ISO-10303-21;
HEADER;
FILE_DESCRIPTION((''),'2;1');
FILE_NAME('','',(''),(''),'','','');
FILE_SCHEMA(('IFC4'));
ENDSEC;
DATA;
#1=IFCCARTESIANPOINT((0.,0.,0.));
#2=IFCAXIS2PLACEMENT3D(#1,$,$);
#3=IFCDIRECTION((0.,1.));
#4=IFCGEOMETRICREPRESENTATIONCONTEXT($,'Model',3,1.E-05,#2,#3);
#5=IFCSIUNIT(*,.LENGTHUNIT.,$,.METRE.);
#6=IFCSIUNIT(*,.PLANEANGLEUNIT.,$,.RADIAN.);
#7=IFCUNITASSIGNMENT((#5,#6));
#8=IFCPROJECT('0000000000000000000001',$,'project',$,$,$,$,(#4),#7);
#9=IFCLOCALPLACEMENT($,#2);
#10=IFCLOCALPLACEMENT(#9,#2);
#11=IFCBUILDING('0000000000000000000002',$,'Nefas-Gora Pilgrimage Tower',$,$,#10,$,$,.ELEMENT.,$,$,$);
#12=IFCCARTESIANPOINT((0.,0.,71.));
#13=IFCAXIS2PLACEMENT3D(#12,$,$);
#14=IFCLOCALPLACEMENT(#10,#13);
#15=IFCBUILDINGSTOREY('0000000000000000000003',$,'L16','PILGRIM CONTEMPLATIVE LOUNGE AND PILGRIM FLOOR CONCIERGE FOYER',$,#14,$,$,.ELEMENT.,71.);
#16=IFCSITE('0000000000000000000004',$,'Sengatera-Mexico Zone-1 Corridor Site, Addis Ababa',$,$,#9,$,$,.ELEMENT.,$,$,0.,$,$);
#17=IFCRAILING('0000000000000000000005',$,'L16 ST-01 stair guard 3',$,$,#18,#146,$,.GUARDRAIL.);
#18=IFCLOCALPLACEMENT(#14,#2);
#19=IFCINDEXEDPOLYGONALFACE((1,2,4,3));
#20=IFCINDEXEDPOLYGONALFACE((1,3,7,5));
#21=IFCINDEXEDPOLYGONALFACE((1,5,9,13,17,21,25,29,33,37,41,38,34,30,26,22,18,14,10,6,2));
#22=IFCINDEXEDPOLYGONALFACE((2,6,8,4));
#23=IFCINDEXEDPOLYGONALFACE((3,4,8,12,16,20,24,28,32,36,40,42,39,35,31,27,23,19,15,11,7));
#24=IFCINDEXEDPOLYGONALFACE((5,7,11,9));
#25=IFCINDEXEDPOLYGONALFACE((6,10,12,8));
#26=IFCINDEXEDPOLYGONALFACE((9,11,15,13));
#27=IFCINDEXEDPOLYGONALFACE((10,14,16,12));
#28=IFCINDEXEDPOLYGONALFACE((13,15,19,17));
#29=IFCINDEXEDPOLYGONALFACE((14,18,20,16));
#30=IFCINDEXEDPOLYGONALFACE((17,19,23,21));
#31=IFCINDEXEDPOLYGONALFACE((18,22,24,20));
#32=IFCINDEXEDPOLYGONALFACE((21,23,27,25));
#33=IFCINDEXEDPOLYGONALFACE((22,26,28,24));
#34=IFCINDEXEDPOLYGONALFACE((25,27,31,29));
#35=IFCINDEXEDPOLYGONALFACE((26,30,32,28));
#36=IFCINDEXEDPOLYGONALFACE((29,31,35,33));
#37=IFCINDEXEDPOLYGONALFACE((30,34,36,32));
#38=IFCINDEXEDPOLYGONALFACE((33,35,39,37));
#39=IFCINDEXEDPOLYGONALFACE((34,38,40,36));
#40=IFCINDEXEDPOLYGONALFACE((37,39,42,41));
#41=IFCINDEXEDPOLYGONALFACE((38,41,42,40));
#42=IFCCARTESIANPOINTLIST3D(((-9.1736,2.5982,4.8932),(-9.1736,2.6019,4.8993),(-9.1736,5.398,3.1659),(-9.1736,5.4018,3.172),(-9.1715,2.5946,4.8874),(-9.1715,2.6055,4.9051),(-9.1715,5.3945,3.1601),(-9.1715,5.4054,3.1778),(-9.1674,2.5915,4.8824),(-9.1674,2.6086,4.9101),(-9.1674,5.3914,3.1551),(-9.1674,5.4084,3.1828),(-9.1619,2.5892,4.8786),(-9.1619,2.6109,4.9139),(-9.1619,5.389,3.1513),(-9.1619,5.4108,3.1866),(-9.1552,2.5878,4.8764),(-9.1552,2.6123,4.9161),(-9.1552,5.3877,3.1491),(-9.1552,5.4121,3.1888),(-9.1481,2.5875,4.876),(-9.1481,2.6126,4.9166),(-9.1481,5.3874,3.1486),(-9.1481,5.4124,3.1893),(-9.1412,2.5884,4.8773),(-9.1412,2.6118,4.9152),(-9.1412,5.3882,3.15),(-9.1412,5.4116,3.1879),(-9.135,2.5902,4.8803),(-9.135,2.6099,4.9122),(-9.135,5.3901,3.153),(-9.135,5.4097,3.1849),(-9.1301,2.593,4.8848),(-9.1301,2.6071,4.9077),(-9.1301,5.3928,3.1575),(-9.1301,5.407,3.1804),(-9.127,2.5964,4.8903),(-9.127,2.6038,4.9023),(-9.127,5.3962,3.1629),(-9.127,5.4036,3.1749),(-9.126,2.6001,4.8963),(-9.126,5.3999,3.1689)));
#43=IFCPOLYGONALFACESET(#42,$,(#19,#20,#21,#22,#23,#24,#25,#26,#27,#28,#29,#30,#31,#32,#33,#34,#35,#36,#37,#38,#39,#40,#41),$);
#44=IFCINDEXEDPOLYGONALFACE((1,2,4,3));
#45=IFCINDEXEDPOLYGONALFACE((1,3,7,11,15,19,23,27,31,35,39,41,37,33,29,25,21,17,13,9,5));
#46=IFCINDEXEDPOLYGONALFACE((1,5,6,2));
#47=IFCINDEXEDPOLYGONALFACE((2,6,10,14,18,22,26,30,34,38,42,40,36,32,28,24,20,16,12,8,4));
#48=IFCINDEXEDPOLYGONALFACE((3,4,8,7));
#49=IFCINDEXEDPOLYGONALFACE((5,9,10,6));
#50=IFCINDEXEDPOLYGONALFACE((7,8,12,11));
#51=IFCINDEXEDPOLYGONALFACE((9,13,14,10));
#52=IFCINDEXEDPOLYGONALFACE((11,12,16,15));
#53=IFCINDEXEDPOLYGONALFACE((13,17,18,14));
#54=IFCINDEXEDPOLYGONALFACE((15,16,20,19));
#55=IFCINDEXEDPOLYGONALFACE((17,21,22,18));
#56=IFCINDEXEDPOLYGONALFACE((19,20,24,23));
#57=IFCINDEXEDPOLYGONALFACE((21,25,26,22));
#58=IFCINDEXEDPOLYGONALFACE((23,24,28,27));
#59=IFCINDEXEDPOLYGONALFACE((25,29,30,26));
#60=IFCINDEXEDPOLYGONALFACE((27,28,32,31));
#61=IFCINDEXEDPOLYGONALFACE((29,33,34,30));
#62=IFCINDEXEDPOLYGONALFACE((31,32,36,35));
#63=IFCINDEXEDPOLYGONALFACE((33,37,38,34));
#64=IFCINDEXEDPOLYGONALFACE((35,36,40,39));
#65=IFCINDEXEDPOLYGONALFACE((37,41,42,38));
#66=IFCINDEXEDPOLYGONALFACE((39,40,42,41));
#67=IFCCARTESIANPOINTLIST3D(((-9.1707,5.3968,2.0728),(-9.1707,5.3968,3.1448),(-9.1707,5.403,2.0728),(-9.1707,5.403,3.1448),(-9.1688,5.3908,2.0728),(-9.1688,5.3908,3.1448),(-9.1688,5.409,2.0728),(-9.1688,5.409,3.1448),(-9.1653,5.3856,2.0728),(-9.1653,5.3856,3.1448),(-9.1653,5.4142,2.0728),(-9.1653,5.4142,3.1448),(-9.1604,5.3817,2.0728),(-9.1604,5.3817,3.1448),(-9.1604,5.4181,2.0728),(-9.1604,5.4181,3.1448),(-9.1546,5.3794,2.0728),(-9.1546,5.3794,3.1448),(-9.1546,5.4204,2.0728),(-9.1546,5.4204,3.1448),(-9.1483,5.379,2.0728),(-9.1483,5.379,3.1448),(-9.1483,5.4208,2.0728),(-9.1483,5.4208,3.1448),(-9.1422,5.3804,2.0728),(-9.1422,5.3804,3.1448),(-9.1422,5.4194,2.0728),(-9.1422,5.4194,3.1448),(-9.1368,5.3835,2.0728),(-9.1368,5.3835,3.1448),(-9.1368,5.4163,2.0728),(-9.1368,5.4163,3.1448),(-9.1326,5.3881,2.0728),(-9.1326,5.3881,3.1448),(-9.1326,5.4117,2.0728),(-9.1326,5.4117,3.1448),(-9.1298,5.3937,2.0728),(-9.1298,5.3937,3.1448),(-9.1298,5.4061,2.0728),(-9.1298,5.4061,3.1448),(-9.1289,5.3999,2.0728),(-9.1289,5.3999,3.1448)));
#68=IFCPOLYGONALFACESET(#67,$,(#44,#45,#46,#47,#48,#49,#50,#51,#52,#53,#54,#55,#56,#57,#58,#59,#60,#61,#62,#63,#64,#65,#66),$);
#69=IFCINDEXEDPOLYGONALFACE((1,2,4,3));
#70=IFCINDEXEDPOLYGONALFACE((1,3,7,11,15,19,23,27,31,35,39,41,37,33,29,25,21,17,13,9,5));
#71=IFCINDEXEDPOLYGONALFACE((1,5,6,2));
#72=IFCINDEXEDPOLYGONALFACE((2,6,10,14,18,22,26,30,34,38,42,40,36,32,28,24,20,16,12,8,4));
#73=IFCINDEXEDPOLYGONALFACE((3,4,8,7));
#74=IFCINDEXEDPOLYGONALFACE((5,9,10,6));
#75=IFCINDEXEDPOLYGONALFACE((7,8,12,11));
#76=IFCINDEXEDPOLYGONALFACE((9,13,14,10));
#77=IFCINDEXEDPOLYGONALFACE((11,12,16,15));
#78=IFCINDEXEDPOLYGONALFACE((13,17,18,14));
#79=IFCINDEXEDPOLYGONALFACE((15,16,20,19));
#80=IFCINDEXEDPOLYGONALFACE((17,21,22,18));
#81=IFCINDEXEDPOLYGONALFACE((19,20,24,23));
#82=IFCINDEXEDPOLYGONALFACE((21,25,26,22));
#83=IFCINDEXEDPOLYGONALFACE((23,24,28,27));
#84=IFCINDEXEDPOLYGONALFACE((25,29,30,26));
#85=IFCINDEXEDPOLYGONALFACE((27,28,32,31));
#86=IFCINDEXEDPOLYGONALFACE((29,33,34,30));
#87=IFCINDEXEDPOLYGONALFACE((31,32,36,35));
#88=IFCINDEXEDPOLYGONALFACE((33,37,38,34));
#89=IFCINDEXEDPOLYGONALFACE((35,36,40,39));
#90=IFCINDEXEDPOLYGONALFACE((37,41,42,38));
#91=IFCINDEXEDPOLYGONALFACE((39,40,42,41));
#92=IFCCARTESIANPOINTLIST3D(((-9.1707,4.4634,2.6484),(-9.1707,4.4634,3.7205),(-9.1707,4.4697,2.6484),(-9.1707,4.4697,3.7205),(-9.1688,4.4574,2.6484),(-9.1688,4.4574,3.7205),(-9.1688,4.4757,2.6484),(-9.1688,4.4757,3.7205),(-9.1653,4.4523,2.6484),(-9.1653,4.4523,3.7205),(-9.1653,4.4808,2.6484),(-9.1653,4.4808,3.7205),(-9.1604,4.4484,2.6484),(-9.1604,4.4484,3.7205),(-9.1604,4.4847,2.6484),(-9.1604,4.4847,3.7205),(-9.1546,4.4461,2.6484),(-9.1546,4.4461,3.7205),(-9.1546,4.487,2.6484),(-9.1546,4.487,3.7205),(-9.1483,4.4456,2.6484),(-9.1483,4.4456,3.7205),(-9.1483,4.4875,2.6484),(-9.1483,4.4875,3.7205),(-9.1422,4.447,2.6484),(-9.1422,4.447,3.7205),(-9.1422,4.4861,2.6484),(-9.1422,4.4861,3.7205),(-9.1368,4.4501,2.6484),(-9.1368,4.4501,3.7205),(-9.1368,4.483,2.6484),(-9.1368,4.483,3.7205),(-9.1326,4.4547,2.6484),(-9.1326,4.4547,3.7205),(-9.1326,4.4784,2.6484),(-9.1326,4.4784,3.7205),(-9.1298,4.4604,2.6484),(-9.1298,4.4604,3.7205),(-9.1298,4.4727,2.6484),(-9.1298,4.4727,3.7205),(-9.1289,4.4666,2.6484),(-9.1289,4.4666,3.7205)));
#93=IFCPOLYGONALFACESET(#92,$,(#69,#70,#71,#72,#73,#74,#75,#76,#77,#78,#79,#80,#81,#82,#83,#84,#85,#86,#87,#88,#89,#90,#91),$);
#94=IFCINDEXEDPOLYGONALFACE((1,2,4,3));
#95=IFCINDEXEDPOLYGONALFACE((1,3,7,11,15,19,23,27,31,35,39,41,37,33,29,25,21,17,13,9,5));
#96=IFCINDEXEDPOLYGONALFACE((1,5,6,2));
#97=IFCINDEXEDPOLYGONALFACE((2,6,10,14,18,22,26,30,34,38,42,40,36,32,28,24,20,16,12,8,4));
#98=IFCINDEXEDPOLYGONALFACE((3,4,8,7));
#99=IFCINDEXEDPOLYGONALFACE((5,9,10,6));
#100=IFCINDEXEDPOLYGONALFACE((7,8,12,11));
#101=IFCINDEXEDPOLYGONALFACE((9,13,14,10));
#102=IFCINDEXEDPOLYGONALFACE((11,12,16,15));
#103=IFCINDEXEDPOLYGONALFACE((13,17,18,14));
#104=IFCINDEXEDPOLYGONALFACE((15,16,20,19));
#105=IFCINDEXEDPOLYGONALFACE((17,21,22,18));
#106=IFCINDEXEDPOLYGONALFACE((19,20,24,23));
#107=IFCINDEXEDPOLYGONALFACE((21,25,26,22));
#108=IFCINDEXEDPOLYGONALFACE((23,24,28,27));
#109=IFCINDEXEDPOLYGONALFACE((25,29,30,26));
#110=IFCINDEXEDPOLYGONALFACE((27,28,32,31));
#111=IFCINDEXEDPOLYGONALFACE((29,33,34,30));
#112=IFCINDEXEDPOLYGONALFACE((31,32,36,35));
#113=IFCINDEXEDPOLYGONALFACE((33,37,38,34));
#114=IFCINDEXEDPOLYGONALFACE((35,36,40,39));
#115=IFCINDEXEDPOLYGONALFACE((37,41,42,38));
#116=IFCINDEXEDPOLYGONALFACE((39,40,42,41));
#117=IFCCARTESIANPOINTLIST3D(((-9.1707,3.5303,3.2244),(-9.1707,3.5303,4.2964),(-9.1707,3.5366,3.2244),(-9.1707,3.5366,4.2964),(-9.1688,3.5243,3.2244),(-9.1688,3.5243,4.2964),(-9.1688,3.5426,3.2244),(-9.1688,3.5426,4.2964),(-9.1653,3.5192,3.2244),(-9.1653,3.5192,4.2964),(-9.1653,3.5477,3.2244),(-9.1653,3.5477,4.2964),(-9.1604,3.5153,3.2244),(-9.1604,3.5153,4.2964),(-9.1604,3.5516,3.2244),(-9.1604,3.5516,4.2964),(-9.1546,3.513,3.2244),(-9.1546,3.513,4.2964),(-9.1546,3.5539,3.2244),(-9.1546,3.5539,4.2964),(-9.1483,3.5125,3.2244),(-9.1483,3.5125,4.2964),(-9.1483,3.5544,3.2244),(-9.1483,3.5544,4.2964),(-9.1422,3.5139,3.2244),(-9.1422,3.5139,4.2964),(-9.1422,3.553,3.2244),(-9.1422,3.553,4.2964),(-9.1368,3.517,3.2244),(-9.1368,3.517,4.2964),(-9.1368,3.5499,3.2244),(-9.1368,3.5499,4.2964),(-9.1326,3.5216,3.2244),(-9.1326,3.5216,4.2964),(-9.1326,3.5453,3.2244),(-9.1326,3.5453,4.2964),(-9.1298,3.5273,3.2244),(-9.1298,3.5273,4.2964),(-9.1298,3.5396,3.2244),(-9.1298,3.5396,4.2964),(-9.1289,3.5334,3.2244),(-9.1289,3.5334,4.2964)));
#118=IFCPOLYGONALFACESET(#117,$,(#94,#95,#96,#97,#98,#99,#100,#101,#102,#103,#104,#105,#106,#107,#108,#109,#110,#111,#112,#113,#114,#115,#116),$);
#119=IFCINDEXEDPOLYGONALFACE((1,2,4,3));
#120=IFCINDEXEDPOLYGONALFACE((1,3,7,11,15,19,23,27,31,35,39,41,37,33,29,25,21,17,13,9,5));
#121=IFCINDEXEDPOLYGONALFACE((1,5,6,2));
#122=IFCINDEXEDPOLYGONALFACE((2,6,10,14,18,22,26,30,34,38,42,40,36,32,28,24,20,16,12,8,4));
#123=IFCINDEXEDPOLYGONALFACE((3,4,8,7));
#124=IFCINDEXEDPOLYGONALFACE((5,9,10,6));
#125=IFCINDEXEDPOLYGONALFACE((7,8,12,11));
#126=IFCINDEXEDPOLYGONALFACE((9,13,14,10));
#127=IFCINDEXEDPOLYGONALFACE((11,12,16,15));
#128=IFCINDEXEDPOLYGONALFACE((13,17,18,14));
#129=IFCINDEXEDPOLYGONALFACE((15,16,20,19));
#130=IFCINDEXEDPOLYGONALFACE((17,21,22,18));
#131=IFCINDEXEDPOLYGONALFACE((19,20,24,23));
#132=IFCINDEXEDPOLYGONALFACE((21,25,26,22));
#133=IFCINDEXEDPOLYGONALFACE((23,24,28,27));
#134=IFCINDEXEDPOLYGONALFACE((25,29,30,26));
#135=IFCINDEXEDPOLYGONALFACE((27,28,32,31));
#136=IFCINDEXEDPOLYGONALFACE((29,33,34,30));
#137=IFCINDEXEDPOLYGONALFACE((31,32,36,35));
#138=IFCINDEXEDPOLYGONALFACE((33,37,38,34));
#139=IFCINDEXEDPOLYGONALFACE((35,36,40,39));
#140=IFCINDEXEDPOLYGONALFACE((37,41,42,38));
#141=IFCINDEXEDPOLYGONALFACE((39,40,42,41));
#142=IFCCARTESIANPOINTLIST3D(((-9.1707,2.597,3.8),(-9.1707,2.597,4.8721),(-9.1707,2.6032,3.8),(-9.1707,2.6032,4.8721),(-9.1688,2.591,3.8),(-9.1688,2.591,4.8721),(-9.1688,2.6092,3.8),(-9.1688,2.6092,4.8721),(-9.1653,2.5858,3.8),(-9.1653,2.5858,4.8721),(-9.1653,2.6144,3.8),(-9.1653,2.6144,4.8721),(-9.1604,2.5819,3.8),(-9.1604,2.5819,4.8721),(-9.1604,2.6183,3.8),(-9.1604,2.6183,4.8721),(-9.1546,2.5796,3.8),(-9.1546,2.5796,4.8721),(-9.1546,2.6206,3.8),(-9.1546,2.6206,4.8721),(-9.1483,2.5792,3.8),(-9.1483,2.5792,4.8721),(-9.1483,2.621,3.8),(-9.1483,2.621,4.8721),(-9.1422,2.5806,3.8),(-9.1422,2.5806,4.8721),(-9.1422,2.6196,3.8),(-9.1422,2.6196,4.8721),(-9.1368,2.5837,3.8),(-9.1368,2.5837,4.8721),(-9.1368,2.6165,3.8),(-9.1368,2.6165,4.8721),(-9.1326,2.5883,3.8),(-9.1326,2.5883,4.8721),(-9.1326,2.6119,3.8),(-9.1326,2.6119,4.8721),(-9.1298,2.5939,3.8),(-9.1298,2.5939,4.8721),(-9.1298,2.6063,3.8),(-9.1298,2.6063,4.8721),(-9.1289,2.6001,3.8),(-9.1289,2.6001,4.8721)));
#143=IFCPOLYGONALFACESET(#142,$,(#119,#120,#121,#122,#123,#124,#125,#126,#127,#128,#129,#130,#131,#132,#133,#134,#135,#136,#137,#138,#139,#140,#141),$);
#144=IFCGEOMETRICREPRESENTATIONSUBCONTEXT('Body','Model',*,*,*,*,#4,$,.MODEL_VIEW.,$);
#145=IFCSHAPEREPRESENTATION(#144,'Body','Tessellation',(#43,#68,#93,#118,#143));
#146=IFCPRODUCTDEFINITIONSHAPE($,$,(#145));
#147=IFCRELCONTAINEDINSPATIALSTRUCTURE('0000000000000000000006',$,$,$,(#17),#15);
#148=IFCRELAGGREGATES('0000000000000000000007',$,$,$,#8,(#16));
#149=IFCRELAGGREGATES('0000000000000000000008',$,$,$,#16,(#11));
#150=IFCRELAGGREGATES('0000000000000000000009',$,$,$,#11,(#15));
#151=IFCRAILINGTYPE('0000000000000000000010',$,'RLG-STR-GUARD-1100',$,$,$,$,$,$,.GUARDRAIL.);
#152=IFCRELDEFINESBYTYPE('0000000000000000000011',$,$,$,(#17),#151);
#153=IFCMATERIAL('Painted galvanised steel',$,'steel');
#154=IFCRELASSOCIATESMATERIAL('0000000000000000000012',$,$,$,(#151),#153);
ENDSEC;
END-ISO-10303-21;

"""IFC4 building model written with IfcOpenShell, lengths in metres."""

from ifc_helpers import new_model, si_unit, direction, frame, origin, origin_2d, place, context, subcontext, project, spatial, circle, extrude, material, type_object, element, save


model = new_model("IFC4")

# Units and contexts
model_context = context("Model", 3, precision=1e-05, world=origin(), true_north=direction((0.0, 1.0)))
body_context = subcontext(model_context, "Body", "Model", "MODEL_VIEW")
ifc_project = project(units=[si_unit("LENGTHUNIT", "METRE"), si_unit("PLANEANGLEUNIT", "RADIAN")], contexts=[model_context])

# Site, building, storey
site_placement = place(None, origin())
site = spatial("IfcSite", under=ifc_project, at=site_placement, Name="Sengatera-Mexico Zone-1 Corridor Site, Addis Ababa", CompositionType="ELEMENT", RefElevation=0.0)
building_placement = place(site_placement, origin())
building = spatial("IfcBuilding", under=site, at=building_placement, Name="Nefas-Gora Pilgrimage Tower", CompositionType="ELEMENT")
storey_placement = place(building_placement, frame((0.0, 0.0, 71.0)))
storey = spatial("IfcBuildingStorey", under=building, at=storey_placement, Name="L16", Description="PILGRIM CONTEMPLATIVE LOUNGE AND PILGRIM FLOOR CONCIERGE FOYER", CompositionType="ELEMENT", Elevation=71.0)

# Railing
ifc_material_1 = material(Name="Painted galvanised steel", Category="steel")
railing_type_1 = type_object("IfcRailingType", Name="RLG-STR-GUARD-1100", PredefinedType="GUARDRAIL", material=ifc_material_1)
railing_1_placement = place(storey_placement, frame((-9.1499, 5.3999, 2.0728)))
element("IfcRailing", 1, at=railing_1_placement, inside=storey, type_object=railing_type_1, Name="L16 ST-01 stair guard 3", PredefinedType="GUARDRAIL", context=body_context, shape_type="SweptSolid", body=[
    extrude(circle(Radius=0.0239, at=origin_2d()), frame((0.0, 0.0, 1.0962), z_axis=(0.0, -0.851069, 0.525054), x_axis=(1.0, 0.0, 0.0)), (0.0, 0.0, 1.0), 3.2898),
    extrude(circle(Radius=0.021, at=origin_2d()), origin(), (0.0, 0.0, 1.0), 1.072),
    extrude(circle(Radius=0.021, at=origin_2d()), frame((0.0, -0.9333, 0.5757)), (0.0, 0.0, 1.0), 1.072),
    extrude(circle(Radius=0.021, at=origin_2d()), frame((0.0, -1.8665, 1.1516)), (0.0, 0.0, 1.0), 1.072),
    extrude(circle(Radius=0.021, at=origin_2d()), frame((0.0, -2.7998, 1.7273)), (0.0, 0.0, 1.0), 1.072),
])

save(model, "model.ifc")
